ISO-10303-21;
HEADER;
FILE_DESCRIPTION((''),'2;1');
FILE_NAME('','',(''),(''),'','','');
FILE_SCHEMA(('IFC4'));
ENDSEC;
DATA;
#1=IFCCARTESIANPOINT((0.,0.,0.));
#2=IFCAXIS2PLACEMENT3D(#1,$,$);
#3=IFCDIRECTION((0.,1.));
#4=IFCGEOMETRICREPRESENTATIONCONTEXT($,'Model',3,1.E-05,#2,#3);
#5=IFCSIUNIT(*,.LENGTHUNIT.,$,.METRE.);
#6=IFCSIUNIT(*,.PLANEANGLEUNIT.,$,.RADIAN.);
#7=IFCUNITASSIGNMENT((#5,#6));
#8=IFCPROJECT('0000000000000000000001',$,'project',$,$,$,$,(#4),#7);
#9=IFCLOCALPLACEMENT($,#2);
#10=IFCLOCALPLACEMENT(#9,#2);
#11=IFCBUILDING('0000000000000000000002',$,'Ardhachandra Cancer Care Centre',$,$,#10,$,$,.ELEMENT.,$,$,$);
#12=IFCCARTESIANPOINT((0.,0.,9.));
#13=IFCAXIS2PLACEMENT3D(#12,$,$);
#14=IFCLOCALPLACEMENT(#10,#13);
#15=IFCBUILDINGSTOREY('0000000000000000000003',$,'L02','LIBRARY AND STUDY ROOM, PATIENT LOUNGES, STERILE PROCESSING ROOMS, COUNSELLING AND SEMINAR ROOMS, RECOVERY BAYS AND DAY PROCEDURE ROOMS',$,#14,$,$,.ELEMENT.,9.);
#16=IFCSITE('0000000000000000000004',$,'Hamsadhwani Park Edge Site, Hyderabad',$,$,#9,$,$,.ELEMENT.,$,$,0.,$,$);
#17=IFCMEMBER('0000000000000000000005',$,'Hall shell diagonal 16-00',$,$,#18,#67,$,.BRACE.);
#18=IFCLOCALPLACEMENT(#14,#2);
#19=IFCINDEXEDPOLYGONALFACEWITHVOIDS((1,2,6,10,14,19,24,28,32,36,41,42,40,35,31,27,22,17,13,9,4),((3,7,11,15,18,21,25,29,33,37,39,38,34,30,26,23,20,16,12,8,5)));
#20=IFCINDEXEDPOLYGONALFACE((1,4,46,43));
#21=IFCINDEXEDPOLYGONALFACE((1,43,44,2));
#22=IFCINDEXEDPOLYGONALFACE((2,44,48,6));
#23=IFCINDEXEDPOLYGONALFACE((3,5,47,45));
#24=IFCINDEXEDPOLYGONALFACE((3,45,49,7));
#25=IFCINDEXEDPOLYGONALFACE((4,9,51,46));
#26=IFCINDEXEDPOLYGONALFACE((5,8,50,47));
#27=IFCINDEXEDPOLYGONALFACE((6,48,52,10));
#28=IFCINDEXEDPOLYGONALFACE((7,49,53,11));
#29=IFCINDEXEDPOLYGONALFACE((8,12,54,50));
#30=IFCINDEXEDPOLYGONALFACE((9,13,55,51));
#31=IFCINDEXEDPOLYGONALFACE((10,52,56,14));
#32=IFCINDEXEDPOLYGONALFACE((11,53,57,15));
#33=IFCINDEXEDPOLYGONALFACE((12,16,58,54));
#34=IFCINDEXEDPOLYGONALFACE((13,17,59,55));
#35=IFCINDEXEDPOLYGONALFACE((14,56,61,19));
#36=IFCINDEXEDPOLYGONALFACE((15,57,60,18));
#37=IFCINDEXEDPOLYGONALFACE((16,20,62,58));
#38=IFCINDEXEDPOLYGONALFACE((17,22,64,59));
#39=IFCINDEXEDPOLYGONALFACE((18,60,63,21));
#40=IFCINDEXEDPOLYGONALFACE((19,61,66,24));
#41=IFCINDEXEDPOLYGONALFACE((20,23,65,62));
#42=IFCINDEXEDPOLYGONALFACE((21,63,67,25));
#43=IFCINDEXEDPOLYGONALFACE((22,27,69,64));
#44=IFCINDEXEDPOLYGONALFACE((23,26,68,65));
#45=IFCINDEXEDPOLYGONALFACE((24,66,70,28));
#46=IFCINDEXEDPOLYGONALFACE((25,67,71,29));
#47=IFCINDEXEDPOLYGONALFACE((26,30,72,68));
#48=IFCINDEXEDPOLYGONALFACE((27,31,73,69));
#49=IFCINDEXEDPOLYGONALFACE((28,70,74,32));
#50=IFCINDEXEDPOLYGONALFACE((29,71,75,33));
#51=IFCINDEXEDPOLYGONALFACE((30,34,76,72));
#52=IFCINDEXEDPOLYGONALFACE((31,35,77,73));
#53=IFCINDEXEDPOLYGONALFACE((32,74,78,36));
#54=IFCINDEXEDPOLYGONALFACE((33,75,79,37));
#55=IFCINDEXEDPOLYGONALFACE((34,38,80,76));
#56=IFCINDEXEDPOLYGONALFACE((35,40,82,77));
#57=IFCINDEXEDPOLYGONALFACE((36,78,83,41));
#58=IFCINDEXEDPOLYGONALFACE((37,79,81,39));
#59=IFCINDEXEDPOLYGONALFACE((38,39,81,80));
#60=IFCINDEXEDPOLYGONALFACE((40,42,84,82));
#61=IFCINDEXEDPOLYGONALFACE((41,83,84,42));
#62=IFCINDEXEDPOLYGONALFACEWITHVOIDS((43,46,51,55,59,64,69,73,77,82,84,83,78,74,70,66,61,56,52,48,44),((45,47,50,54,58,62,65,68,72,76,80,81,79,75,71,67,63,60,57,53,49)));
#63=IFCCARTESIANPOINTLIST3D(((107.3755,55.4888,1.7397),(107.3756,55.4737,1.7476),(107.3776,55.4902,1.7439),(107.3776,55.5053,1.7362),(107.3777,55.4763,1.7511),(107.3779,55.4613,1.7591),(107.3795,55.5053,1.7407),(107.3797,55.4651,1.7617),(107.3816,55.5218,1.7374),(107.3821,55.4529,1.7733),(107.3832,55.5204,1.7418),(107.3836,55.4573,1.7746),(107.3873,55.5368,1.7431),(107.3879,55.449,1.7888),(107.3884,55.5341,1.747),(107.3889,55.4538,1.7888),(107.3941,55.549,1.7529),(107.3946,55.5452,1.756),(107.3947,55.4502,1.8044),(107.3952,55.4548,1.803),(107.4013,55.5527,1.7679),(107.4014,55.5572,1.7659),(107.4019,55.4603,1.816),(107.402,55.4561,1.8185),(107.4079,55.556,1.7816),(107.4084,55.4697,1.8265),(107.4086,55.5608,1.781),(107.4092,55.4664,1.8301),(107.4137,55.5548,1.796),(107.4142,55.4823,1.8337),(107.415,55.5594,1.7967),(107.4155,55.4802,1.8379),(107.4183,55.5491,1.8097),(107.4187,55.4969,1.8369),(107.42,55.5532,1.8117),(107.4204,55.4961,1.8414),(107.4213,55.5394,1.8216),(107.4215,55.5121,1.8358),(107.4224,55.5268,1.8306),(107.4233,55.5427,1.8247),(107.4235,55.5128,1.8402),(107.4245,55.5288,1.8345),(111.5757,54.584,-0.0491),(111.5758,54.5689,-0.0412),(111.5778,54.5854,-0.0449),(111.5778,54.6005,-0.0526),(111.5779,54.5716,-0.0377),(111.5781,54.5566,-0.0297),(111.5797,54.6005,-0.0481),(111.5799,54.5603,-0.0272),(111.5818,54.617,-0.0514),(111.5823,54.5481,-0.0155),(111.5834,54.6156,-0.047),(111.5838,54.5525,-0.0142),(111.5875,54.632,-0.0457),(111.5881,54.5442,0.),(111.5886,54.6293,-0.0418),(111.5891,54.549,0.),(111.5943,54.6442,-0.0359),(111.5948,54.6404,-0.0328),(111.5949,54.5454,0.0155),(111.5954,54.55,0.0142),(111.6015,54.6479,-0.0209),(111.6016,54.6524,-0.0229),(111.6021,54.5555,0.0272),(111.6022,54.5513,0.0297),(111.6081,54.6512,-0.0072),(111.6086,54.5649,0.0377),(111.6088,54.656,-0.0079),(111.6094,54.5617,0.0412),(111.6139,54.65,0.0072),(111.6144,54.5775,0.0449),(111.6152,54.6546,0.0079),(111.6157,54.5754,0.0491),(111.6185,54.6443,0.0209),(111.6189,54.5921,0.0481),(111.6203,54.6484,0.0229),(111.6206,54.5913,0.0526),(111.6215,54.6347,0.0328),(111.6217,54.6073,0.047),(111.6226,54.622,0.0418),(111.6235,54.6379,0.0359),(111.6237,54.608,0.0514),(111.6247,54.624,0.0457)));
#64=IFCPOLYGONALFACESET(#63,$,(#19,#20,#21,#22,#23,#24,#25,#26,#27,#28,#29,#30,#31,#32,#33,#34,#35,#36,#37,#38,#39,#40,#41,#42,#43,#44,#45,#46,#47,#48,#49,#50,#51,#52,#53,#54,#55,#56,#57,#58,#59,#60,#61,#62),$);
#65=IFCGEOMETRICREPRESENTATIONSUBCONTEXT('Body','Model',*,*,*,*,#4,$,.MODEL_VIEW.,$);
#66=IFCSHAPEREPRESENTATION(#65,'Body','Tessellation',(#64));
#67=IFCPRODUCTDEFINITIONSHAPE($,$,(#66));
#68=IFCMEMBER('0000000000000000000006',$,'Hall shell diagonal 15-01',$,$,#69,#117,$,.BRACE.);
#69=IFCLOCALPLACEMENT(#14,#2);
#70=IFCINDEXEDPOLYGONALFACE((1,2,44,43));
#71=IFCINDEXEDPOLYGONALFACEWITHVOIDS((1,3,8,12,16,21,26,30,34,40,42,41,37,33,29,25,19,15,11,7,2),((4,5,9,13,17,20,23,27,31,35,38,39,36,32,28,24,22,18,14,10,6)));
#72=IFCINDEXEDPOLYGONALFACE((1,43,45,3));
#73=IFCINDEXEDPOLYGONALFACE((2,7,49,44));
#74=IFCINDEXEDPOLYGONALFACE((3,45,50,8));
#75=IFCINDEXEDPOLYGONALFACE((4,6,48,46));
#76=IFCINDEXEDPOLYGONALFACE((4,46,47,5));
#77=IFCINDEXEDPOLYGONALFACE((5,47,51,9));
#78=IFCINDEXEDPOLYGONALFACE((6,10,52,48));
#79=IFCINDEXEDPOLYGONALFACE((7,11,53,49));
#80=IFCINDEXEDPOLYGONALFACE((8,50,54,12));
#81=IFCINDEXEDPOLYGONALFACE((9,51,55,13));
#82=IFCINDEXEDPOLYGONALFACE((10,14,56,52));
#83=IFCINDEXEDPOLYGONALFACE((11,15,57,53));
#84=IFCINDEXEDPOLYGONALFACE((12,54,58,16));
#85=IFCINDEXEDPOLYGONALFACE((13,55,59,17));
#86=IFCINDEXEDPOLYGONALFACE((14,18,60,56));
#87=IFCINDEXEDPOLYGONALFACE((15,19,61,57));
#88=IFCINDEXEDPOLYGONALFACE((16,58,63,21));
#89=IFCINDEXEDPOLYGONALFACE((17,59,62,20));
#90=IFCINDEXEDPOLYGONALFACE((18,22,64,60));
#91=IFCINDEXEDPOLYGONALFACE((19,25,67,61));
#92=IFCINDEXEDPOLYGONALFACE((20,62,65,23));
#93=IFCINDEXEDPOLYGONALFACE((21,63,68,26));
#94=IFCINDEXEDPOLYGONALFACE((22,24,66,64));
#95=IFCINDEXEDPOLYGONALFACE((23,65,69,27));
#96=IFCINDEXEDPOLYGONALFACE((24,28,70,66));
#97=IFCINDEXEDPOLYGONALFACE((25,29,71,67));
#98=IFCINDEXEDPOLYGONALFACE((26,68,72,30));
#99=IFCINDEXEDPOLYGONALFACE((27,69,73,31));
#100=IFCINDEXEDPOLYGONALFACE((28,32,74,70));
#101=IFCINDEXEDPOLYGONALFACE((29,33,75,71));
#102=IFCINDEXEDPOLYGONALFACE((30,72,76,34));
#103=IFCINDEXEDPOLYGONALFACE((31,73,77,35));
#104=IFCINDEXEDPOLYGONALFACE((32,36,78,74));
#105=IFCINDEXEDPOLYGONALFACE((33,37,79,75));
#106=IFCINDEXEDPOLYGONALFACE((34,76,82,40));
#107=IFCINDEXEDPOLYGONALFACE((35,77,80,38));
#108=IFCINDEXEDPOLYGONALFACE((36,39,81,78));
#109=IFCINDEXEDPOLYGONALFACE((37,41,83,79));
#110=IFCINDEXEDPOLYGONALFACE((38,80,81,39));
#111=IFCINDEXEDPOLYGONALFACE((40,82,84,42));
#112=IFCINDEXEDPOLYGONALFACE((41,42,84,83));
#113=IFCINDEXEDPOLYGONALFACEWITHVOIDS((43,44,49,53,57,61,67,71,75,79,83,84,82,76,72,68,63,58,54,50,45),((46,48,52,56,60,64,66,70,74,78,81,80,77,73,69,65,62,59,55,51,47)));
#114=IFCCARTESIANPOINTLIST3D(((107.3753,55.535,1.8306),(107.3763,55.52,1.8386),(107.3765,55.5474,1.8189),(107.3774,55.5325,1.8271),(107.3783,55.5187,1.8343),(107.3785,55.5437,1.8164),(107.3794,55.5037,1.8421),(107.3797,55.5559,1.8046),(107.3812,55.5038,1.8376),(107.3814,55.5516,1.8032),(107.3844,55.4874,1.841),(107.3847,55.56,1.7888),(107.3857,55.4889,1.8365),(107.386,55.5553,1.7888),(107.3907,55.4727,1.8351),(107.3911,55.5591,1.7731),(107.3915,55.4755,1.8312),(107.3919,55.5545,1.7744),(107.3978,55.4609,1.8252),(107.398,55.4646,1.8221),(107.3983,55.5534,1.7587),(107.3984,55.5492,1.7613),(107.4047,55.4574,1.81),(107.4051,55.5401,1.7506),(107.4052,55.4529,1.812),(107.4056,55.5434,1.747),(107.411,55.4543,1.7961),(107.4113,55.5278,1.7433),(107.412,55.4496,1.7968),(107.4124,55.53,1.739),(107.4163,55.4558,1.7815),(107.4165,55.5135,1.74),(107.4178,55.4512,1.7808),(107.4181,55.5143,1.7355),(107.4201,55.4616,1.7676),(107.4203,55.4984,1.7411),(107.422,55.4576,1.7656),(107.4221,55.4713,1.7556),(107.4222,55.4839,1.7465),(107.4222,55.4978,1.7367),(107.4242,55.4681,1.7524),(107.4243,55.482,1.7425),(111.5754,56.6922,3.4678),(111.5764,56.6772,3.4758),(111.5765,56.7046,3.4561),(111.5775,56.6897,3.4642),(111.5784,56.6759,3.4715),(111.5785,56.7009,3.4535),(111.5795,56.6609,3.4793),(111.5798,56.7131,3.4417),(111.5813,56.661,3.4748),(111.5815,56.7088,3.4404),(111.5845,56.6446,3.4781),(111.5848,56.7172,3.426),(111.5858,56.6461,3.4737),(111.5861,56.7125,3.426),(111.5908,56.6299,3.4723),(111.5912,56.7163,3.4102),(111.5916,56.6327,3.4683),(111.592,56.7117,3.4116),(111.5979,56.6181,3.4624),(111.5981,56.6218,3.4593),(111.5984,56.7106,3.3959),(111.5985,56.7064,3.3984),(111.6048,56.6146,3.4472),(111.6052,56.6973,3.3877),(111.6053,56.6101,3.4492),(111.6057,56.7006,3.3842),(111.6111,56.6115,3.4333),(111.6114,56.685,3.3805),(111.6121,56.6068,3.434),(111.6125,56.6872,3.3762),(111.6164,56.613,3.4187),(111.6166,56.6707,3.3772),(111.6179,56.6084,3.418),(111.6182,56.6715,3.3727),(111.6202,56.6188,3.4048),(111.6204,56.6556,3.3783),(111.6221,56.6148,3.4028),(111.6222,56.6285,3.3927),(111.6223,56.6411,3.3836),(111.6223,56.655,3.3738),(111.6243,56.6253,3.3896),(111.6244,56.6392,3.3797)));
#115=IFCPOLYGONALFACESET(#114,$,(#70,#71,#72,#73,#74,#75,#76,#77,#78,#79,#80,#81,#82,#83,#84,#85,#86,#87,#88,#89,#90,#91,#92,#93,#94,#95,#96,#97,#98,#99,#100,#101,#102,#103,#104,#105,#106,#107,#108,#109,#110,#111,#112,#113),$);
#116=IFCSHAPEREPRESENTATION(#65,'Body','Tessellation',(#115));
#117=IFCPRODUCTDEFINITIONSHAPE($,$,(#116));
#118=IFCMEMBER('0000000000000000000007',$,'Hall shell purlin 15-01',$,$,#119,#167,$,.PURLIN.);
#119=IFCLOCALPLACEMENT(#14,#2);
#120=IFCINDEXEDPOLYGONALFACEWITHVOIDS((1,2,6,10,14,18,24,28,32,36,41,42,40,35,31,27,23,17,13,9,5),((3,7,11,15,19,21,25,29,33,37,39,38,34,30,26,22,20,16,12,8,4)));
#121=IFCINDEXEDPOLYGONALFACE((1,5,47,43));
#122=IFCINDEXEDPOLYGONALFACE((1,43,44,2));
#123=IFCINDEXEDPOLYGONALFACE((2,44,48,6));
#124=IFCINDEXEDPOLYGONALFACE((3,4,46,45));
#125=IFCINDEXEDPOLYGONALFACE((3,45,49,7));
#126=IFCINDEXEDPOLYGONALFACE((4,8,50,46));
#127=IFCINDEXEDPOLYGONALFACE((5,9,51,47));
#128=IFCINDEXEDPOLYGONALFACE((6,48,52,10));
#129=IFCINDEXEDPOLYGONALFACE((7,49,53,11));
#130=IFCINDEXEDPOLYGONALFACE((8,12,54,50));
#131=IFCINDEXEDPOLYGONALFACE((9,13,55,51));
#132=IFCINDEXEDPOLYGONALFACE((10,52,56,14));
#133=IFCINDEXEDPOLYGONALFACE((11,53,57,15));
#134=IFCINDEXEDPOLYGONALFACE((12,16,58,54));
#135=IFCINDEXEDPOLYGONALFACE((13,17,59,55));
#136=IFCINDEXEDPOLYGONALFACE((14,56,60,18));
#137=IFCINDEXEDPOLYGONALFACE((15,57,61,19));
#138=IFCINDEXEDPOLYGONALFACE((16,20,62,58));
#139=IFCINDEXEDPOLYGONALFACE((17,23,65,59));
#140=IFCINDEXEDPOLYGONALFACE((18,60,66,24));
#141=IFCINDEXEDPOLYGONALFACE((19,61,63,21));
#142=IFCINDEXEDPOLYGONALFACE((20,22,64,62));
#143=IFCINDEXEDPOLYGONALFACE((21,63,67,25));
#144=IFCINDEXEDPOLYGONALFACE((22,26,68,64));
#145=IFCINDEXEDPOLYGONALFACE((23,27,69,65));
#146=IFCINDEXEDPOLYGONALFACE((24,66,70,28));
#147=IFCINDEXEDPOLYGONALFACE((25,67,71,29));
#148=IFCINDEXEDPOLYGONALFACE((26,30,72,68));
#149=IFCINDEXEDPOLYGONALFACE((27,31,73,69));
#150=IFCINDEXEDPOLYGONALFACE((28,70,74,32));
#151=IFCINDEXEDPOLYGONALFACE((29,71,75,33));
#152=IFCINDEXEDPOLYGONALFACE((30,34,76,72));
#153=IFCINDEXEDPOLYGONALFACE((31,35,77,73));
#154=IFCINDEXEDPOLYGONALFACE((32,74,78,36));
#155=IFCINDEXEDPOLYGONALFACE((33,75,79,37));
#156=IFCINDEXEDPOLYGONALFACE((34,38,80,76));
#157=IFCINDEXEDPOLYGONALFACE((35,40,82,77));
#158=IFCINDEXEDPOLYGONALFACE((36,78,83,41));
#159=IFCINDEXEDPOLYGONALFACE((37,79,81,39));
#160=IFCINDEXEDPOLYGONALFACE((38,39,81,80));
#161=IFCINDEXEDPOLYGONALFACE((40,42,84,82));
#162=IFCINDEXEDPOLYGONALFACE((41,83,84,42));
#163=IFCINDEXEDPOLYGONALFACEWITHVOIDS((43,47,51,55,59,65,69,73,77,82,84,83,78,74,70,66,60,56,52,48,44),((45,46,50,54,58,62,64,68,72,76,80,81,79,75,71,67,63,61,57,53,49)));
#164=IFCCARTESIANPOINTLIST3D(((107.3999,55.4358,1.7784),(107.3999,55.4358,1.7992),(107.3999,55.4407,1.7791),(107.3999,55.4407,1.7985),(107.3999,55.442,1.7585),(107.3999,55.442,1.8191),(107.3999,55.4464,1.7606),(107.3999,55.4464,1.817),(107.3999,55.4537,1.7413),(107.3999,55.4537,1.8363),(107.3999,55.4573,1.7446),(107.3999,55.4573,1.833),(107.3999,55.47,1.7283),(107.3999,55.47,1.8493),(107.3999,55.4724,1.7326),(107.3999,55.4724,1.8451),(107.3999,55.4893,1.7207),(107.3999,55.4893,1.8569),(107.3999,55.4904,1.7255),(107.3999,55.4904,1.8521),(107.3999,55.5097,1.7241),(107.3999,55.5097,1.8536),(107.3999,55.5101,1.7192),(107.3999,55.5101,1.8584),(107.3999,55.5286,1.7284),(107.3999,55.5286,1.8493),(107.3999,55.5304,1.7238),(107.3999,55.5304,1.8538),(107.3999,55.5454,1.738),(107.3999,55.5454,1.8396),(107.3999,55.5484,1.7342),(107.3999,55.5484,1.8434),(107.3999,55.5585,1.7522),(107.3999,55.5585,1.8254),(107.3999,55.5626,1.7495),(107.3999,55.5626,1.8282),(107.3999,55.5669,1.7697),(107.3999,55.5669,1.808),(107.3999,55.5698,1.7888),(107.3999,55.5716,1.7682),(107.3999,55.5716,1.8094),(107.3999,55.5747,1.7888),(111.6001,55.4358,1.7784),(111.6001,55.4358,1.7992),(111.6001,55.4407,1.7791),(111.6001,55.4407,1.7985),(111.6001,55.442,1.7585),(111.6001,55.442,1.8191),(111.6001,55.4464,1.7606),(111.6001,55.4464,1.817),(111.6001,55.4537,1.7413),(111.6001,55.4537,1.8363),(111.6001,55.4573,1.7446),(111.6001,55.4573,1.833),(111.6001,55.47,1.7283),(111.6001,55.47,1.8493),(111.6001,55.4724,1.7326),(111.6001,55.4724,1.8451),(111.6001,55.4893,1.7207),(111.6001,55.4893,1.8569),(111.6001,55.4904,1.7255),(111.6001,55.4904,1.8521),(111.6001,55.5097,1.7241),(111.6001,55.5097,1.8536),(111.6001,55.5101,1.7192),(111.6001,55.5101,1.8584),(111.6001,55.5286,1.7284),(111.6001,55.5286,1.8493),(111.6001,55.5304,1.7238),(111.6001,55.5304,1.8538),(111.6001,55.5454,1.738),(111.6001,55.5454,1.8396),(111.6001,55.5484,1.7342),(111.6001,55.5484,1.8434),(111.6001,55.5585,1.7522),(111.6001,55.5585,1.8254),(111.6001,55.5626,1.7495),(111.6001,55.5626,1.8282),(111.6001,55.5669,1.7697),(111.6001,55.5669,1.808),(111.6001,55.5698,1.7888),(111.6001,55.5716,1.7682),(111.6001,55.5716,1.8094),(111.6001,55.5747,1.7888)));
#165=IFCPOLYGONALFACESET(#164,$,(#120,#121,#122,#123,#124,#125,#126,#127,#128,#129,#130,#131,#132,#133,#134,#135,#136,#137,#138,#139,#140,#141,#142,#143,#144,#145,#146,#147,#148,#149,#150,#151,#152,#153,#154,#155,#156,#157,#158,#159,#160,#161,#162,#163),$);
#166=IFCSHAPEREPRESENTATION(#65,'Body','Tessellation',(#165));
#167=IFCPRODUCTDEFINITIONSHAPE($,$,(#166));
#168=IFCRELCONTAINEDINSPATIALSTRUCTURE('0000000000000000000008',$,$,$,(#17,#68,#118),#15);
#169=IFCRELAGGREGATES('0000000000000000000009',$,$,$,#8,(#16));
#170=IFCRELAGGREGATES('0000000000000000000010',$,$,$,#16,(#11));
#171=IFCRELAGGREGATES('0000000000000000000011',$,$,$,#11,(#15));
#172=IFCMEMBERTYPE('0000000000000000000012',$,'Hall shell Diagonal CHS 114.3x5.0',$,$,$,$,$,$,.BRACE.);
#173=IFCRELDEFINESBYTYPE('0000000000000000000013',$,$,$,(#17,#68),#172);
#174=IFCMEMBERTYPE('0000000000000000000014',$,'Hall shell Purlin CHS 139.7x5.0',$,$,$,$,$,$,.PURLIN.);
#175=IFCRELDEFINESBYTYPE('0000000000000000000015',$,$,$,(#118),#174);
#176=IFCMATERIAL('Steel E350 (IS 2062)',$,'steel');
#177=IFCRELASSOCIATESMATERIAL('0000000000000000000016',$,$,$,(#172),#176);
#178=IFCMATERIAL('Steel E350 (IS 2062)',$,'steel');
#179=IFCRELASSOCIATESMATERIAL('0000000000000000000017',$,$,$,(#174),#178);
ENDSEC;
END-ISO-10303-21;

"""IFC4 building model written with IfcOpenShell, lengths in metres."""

from ifc_helpers import new_model, si_unit, direction, frame, origin, origin_2d, place, context, subcontext, project, spatial, hollow_circle, extrude, material, material_profile, profile_set, type_object, element, save


model = new_model("IFC4")

# Units and contexts
model_context = context("Model", 3, precision=1e-05, world=origin(), true_north=direction((0.0, 1.0)))
body_context = subcontext(model_context, "Body", "Model", "MODEL_VIEW")
ifc_project = project(units=[si_unit("LENGTHUNIT", "METRE"), si_unit("PLANEANGLEUNIT", "RADIAN")], contexts=[model_context])

# Site, building, storey
site_placement = place(None, origin())
site = spatial("IfcSite", under=ifc_project, at=site_placement, Name="Hamsadhwani Park Edge Site, Hyderabad", CompositionType="ELEMENT", RefElevation=0.0)
building_placement = place(site_placement, origin())
building = spatial("IfcBuilding", under=site, at=building_placement, Name="Ardhachandra Cancer Care Centre", CompositionType="ELEMENT")
storey_placement = place(building_placement, frame((0.0, 0.0, 9.0)))
storey = spatial("IfcBuildingStorey", under=building, at=storey_placement, Name="L02", Description="LIBRARY AND STUDY ROOM, PATIENT LOUNGES, STERILE PROCESSING ROOMS, COUNSELLING AND SEMINAR ROOMS, RECOVERY BAYS AND DAY PROCEDURE ROOMS", CompositionType="ELEMENT", Elevation=9.0)

# Members
ifc_material_1 = material(Name="Steel E350 (IS 2062)", Category="steel")
ifc_material_profile_1 = material_profile(ifc_material_1, hollow_circle(Radius=0.0571, WallThickness=0.0049, at=origin_2d()), Name="CHS 114.3x5.0")
ifc_profile_set_1 = profile_set([ifc_material_profile_1], Name="Steel E350 (IS 2062)")
member_type_1 = type_object("IfcMemberType", Name="Hall shell Diagonal CHS 114.3x5.0", PredefinedType="BRACE", material=ifc_profile_set_1)
for number, where, z_axis, x_axis, name in (
    (1, (111.6001, 54.6001, 0.0), (-0.902482, 0.194408, 0.384358), (-0.210584, -0.977576, 0.0), "Hall shell diagonal 16-00"),
    (2, (107.3999, 55.5049, 1.7888), (0.902459, 0.248643, 0.351772), (-0.26562, 0.964078, 0.0), "Hall shell diagonal 15-01"),
):
    element("IfcMember", number, at=place(storey_placement, frame(where, z_axis=z_axis, x_axis=x_axis)), inside=storey, type_object=member_type_1, Name=name, PredefinedType="BRACE", context=body_context, shape_type="SweptSolid", body=[
        extrude(hollow_circle(Radius=0.0571, WallThickness=0.0049, at=origin_2d()), origin(), (0.0, 0.0, 1.0), 4.6541),
    ])
ifc_material_2 = material(Name="Steel E350 (IS 2062)", Category="steel")
ifc_material_profile_2 = material_profile(ifc_material_2, hollow_circle(Radius=0.0698, WallThickness=0.0049, at=origin_2d()), Name="CHS 139.7x5.0")
ifc_profile_set_2 = profile_set([ifc_material_profile_2], Name="Steel E350 (IS 2062)")
member_type_2 = type_object("IfcMemberType", Name="Hall shell Purlin CHS 139.7x5.0", PredefinedType="PURLIN", material=ifc_profile_set_2)
member_1_placement = place(storey_placement, frame((107.3999, 55.5049, 1.7888), z_axis=(1.0, 0.0, 0.0), x_axis=(0.0, 1.0, 0.0)))
element("IfcMember", 3, at=member_1_placement, inside=storey, type_object=member_type_2, Name="Hall shell purlin 15-01", PredefinedType="PURLIN", context=body_context, shape_type="SweptSolid", body=[
    extrude(hollow_circle(Radius=0.0698, WallThickness=0.0049, at=origin_2d()), origin(), (0.0, 0.0, 1.0), 4.2002),
])

save(model, "model.ifc")
